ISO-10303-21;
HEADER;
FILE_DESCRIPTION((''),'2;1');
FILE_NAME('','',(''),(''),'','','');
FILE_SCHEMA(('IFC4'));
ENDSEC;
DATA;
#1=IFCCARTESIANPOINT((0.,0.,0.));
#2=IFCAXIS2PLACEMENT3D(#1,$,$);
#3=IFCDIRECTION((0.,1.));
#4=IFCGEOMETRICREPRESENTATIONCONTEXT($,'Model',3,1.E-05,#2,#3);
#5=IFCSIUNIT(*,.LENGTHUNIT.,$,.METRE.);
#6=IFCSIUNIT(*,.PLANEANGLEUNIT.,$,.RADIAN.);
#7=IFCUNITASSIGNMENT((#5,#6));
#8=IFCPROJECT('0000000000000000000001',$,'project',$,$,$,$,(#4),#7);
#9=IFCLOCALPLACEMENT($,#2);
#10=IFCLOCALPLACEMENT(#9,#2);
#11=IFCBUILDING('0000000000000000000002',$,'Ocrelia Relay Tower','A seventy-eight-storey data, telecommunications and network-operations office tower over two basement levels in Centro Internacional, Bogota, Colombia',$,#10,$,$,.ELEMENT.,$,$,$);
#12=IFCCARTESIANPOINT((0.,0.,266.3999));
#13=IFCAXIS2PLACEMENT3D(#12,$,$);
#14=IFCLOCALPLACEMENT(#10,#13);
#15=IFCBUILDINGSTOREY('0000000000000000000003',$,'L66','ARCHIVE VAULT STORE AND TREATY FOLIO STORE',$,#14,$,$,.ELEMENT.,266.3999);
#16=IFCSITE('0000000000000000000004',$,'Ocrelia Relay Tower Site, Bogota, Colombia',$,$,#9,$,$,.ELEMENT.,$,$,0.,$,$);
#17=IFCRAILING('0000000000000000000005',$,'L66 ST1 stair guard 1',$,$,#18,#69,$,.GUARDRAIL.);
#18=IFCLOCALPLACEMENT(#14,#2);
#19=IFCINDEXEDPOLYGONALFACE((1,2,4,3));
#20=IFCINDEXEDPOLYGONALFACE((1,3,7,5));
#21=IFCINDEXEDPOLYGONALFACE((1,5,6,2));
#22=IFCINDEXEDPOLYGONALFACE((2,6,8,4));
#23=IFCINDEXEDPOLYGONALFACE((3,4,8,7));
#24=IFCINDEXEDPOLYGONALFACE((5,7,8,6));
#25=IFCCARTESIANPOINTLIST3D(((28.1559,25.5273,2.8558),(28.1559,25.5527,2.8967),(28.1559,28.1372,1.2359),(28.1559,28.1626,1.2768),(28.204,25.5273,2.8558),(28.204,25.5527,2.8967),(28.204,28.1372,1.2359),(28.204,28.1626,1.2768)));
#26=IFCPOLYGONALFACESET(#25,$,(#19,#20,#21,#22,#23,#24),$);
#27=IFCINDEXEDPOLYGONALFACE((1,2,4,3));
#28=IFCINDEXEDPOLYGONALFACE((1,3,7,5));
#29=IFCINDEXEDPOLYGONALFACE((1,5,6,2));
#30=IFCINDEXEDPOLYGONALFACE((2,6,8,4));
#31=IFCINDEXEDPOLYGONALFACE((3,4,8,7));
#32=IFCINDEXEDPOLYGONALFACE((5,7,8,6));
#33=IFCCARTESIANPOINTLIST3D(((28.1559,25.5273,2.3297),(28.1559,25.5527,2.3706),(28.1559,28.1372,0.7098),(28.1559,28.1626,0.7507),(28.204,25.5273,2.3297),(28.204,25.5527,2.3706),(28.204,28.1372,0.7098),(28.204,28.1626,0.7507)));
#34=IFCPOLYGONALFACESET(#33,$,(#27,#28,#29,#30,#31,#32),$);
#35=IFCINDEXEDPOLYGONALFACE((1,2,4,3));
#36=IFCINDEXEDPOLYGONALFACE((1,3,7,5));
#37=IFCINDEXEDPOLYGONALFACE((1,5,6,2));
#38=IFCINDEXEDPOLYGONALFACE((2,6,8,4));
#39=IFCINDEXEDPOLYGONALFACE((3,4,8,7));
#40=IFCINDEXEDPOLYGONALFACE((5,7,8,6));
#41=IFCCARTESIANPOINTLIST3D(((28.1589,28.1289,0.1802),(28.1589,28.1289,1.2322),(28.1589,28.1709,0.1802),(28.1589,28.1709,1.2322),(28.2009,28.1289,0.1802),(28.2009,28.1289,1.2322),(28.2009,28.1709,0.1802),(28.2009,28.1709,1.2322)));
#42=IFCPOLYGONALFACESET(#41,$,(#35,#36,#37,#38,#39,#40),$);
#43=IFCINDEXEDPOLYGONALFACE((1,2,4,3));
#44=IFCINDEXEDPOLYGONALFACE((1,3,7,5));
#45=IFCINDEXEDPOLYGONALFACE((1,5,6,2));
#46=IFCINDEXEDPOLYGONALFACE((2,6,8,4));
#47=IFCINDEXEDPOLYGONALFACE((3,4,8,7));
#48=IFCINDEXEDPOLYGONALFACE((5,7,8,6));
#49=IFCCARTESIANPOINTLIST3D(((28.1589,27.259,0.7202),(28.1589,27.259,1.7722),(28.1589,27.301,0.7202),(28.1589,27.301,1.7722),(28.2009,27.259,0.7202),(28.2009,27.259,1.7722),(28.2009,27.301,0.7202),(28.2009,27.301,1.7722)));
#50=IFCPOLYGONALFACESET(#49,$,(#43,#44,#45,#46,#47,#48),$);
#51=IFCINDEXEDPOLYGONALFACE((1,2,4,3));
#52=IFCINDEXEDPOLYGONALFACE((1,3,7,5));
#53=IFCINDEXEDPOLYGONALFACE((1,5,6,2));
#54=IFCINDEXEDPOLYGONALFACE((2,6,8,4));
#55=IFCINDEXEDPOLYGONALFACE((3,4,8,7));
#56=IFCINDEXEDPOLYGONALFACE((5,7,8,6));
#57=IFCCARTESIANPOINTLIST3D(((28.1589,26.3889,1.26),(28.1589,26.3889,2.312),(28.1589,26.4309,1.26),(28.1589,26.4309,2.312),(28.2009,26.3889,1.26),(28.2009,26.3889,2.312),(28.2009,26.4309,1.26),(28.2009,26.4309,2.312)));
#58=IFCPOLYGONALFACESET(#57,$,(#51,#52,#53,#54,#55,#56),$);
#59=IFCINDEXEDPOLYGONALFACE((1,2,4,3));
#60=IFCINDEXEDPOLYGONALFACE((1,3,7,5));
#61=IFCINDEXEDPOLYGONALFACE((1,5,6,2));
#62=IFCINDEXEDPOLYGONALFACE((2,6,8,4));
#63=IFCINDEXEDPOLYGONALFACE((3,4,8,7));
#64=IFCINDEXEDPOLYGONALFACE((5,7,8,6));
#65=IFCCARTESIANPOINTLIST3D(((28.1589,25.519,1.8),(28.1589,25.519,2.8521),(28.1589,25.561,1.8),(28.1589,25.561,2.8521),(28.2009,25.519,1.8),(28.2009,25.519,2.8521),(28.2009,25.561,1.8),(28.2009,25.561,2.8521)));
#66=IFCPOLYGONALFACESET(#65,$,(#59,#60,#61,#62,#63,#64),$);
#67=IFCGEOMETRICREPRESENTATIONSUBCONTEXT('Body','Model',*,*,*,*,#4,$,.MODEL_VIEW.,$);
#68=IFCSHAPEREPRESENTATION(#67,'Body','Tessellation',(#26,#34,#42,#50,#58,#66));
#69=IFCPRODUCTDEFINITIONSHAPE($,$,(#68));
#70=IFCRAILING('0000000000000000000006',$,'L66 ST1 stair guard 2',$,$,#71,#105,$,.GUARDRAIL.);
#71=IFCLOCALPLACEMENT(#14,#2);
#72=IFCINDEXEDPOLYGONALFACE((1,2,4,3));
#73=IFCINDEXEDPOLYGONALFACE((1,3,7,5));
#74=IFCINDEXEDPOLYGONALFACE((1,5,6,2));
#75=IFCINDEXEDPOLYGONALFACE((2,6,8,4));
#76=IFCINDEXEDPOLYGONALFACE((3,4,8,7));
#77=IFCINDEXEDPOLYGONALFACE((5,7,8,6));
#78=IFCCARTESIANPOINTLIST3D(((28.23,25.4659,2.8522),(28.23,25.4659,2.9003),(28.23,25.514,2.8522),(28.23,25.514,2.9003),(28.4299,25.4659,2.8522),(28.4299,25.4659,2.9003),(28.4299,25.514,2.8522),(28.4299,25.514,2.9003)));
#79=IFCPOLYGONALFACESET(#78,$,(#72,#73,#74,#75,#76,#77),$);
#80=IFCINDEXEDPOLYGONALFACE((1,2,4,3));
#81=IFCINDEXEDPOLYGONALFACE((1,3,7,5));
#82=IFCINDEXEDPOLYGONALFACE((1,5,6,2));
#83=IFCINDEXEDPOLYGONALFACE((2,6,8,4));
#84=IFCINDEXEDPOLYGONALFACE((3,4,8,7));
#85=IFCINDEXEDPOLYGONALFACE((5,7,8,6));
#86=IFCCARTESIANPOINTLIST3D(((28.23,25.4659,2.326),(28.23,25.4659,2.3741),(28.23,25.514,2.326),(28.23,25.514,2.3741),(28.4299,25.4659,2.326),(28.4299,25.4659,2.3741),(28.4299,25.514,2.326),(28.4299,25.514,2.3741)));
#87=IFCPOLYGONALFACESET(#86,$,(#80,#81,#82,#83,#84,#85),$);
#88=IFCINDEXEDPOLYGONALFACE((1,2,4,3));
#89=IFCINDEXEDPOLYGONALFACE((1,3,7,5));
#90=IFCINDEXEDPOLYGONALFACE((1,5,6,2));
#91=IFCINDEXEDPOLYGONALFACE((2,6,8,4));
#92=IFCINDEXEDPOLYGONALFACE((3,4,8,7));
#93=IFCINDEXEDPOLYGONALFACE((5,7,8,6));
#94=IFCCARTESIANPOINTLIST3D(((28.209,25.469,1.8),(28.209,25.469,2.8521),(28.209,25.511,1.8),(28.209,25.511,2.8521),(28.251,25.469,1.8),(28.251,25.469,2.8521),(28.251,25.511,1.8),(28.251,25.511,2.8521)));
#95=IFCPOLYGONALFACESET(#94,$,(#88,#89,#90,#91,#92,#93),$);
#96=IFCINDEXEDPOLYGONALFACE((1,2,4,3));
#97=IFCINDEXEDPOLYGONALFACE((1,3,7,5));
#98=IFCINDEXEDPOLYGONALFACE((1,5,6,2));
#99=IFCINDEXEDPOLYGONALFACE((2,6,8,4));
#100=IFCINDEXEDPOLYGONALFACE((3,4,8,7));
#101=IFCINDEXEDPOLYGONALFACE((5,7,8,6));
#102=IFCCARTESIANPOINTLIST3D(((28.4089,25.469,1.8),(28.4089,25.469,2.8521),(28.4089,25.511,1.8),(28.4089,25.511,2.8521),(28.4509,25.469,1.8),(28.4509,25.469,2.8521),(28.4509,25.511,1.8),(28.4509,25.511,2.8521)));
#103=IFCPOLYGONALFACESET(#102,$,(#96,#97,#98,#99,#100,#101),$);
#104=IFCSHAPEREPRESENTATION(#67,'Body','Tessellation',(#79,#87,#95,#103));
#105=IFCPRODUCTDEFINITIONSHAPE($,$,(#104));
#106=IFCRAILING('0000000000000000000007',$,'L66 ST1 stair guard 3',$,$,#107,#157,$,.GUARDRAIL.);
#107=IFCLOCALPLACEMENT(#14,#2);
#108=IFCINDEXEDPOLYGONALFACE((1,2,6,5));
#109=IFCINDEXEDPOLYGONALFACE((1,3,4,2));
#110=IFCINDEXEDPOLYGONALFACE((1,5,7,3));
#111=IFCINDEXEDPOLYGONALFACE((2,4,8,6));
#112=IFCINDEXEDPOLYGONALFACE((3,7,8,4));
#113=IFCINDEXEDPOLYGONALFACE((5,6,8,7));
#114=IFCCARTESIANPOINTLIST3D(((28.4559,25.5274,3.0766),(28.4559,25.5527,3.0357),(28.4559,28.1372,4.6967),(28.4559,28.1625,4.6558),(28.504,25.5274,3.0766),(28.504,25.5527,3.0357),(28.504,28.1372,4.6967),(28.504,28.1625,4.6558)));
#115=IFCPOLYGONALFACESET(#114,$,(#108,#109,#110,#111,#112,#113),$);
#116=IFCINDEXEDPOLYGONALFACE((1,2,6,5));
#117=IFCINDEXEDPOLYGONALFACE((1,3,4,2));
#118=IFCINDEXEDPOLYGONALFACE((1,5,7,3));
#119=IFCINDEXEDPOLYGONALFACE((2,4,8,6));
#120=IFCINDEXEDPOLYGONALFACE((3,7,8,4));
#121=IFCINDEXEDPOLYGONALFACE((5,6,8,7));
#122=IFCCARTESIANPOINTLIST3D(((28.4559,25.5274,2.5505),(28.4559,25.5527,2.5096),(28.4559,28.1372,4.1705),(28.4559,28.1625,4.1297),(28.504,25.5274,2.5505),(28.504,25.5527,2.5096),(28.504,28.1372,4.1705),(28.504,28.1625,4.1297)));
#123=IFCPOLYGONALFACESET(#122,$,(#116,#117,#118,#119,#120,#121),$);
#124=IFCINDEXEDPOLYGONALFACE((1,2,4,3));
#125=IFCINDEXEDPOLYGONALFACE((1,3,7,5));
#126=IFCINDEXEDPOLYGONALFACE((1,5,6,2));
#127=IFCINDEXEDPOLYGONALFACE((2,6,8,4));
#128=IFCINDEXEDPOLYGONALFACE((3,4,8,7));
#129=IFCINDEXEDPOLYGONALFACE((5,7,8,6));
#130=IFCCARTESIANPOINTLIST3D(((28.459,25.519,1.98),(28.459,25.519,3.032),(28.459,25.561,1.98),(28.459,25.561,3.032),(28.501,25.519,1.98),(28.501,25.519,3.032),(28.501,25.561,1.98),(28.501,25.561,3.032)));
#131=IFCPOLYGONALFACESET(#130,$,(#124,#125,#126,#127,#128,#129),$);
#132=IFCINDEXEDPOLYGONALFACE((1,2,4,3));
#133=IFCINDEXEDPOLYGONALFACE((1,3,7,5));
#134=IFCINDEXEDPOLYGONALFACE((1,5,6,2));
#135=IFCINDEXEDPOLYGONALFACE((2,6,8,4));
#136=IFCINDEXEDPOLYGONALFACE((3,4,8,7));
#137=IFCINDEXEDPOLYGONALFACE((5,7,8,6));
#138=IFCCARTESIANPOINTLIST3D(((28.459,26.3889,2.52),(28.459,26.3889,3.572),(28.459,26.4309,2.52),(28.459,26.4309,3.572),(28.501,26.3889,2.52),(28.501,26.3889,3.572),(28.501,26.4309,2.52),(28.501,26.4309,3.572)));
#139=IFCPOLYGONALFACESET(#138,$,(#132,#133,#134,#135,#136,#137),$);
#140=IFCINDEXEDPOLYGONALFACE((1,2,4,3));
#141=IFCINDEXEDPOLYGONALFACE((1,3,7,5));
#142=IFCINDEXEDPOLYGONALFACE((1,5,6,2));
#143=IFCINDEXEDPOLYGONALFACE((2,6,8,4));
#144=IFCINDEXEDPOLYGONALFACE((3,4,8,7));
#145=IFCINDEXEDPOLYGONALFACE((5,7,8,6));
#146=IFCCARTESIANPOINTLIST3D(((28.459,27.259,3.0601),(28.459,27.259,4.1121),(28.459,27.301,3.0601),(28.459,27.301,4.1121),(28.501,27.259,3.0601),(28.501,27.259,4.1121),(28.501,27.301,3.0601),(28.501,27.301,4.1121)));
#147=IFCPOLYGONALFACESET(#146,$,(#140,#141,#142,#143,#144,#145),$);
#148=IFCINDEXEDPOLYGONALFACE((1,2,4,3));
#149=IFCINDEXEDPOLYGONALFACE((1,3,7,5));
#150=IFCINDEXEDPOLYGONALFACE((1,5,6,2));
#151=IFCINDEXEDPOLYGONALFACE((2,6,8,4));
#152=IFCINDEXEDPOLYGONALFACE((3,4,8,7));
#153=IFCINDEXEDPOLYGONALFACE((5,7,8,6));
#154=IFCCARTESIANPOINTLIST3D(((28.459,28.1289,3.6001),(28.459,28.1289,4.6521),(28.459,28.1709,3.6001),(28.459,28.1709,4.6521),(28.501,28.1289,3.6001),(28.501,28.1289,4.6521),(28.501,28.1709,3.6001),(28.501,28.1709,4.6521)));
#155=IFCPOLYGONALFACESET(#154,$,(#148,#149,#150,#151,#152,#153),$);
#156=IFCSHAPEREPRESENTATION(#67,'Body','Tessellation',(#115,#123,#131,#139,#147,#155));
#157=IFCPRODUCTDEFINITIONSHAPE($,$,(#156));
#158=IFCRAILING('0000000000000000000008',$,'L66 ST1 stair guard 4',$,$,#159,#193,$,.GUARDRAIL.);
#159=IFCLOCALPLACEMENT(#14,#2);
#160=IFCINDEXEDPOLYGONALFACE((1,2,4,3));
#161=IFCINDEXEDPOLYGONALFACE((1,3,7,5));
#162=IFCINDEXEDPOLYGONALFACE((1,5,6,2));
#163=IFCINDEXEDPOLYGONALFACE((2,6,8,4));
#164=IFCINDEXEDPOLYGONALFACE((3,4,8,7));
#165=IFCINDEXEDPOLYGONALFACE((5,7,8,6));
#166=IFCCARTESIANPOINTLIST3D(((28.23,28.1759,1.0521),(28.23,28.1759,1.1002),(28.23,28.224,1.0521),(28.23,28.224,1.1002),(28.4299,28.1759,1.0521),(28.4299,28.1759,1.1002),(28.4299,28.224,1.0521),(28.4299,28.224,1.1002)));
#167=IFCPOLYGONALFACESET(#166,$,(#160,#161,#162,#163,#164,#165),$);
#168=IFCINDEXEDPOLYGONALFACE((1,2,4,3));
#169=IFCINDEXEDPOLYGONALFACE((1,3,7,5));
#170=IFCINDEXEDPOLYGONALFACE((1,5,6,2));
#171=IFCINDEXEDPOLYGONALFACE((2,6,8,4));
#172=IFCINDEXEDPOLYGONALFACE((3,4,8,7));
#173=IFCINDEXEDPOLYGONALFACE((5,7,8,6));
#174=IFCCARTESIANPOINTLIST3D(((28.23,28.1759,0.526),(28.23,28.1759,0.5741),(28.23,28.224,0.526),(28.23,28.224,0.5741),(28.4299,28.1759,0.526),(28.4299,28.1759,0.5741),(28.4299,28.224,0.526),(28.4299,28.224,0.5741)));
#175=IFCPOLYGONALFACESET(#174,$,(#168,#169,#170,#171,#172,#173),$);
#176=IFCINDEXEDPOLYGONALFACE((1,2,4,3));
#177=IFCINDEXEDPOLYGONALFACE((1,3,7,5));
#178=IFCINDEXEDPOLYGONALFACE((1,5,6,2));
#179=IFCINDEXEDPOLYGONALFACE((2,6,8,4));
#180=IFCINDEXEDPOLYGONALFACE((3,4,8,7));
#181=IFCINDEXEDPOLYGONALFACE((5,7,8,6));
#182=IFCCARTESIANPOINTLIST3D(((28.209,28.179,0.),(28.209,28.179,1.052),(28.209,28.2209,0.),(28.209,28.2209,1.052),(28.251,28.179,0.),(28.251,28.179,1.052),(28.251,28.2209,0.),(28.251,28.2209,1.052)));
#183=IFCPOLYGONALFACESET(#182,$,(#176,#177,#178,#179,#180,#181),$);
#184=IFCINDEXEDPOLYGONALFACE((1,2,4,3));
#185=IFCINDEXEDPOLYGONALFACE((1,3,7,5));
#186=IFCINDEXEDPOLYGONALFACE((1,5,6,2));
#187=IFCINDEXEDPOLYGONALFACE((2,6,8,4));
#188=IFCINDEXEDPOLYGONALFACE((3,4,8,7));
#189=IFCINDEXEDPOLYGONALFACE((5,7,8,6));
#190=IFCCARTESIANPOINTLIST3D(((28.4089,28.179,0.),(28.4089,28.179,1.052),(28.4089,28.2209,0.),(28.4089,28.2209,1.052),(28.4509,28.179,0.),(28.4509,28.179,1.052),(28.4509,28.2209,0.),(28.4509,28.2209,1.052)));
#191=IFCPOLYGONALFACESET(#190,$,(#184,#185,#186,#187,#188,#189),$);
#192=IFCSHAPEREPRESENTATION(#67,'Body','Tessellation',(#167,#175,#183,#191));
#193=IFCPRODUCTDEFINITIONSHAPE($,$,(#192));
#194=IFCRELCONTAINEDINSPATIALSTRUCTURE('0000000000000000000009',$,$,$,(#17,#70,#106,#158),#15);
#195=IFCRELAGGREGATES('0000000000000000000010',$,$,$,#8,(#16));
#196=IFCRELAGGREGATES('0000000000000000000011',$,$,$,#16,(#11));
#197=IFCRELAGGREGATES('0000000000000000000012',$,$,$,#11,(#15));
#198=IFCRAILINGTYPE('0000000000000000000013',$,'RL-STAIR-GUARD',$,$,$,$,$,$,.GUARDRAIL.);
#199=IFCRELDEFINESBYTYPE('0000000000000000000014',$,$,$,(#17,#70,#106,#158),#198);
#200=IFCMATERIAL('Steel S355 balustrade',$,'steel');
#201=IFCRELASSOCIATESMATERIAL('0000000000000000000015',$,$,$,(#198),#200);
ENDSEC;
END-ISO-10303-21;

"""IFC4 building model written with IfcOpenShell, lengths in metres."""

from ifc_helpers import new_model, si_unit, direction, frame, origin, origin_2d, place, context, subcontext, project, spatial, rectangle, extrude, material, type_object, element, save


model = new_model("IFC4")

# Units and contexts
model_context = context("Model", 3, precision=1e-05, world=origin(), true_north=direction((0.0, 1.0)))
body_context = subcontext(model_context, "Body", "Model", "MODEL_VIEW")
ifc_project = project(units=[si_unit("LENGTHUNIT", "METRE"), si_unit("PLANEANGLEUNIT", "RADIAN")], contexts=[model_context])

# Site, building, storey
site_placement = place(None, origin())
site = spatial("IfcSite", under=ifc_project, at=site_placement, Name="Ocrelia Relay Tower Site, Bogota, Colombia", CompositionType="ELEMENT", RefElevation=0.0)
building_placement = place(site_placement, origin())
building = spatial("IfcBuilding", under=site, at=building_placement, Name="Ocrelia Relay Tower", Description="A seventy-eight-storey data, telecommunications and network-operations office tower over two basement levels in Centro Internacional, Bogota, Colombia", CompositionType="ELEMENT")
storey_placement = place(building_placement, frame((0.0, 0.0, 266.3999)))
storey = spatial("IfcBuildingStorey", under=building, at=storey_placement, Name="L66", Description="ARCHIVE VAULT STORE AND TREATY FOLIO STORE", CompositionType="ELEMENT", Elevation=266.3999)

# Railings
ifc_material_1 = material(Name="Steel S355 balustrade", Category="steel")
railing_type_1 = type_object("IfcRailingType", Name="RL-STAIR-GUARD", PredefinedType="GUARDRAIL", material=ifc_material_1)
railing_1_placement = place(storey_placement, frame((28.1799, 28.1499, 0.1802)))
element("IfcRailing", 1, at=railing_1_placement, inside=storey, type_object=railing_type_1, Name="L66 ST1 stair guard 1", PredefinedType="GUARDRAIL", context=body_context, shape_type="SweptSolid", body=[
    extrude(rectangle(XDim=0.0481, YDim=0.0481, at=origin_2d()), frame((0.0, 0.0, 1.0762), z_axis=(0.0, -0.849646, 0.527353), x_axis=(1.0, 0.0, 0.0)), (0.0, 0.0, 1.0), 3.0718),
    extrude(rectangle(XDim=0.0481, YDim=0.0481, at=origin_2d()), frame((0.0, 0.0, 0.55), z_axis=(0.0, -0.849646, 0.527353), x_axis=(1.0, 0.0, 0.0)), (0.0, 0.0, 1.0), 3.0718),
    extrude(rectangle(XDim=0.042, YDim=0.042, at=origin_2d()), origin(), (0.0, 0.0, 1.0), 1.052),
    extrude(rectangle(XDim=0.042, YDim=0.042, at=origin_2d()), frame((0.0, -0.8699, 0.54)), (0.0, 0.0, 1.0), 1.052),
    extrude(rectangle(XDim=0.042, YDim=0.042, at=origin_2d()), frame((0.0, -1.74, 1.0798)), (0.0, 0.0, 1.0), 1.052),
    extrude(rectangle(XDim=0.042, YDim=0.042, at=origin_2d()), frame((0.0, -2.6099, 1.6199)), (0.0, 0.0, 1.0), 1.052),
])
railing_2_placement = place(storey_placement, frame((28.23, 25.49, 1.8)))
element("IfcRailing", 2, at=railing_2_placement, inside=storey, type_object=railing_type_1, Name="L66 ST1 stair guard 2", PredefinedType="GUARDRAIL", context=body_context, shape_type="SweptSolid", body=[
    extrude(rectangle(XDim=0.0481, YDim=0.0481, at=origin_2d()), frame((0.0, 0.0, 1.0762), z_axis=(1.0, 0.0, 0.0), x_axis=(0.0, 1.0, 0.0)), (0.0, 0.0, 1.0), 0.2),
    extrude(rectangle(XDim=0.0481, YDim=0.0481, at=origin_2d()), frame((0.0, 0.0, 0.55), z_axis=(1.0, 0.0, 0.0), x_axis=(0.0, 1.0, 0.0)), (0.0, 0.0, 1.0), 0.2),
    extrude(rectangle(XDim=0.042, YDim=0.042, at=origin_2d()), origin(), (0.0, 0.0, 1.0), 1.052),
    extrude(rectangle(XDim=0.042, YDim=0.042, at=origin_2d()), frame((0.2, 0.0, 0.0)), (0.0, 0.0, 1.0), 1.052),
])
railing_3_placement = place(storey_placement, frame((28.48, 25.54, 1.98)))
element("IfcRailing", 3, at=railing_3_placement, inside=storey, type_object=railing_type_1, Name="L66 ST1 stair guard 3", PredefinedType="GUARDRAIL", context=body_context, shape_type="SweptSolid", body=[
    extrude(rectangle(XDim=0.0481, YDim=0.0481, at=origin_2d()), frame((0.0, 0.0, 1.0762), z_axis=(0.0, 0.849611, 0.52741), x_axis=(-1.0, 0.0, 0.0)), (0.0, 0.0, 1.0), 3.0718),
    extrude(rectangle(XDim=0.0481, YDim=0.0481, at=origin_2d()), frame((0.0, 0.0, 0.55), z_axis=(0.0, 0.849611, 0.52741), x_axis=(-1.0, 0.0, 0.0)), (0.0, 0.0, 1.0), 3.0718),
    extrude(rectangle(XDim=0.042, YDim=0.042, at=origin_2d()), origin(), (0.0, 0.0, 1.0), 1.052),
    extrude(rectangle(XDim=0.042, YDim=0.042, at=origin_2d()), frame((0.0, 0.8699, 0.54)), (0.0, 0.0, 1.0), 1.052),
    extrude(rectangle(XDim=0.042, YDim=0.042, at=origin_2d()), frame((0.0, 1.74, 1.0801)), (0.0, 0.0, 1.0), 1.052),
    extrude(rectangle(XDim=0.042, YDim=0.042, at=origin_2d()), frame((0.0, 2.6099, 1.6201)), (0.0, 0.0, 1.0), 1.052),
])
railing_4_placement = place(storey_placement, frame((28.23, 28.2, 0.0)))
element("IfcRailing", 4, at=railing_4_placement, inside=storey, type_object=railing_type_1, Name="L66 ST1 stair guard 4", PredefinedType="GUARDRAIL", context=body_context, shape_type="SweptSolid", body=[
    extrude(rectangle(XDim=0.0481, YDim=0.0481, at=origin_2d()), frame((0.0, 0.0, 1.0762), z_axis=(1.0, 0.0, 0.0), x_axis=(0.0, 1.0, 0.0)), (0.0, 0.0, 1.0), 0.2),
    extrude(rectangle(XDim=0.0481, YDim=0.0481, at=origin_2d()), frame((0.0, 0.0, 0.55), z_axis=(1.0, 0.0, 0.0), x_axis=(0.0, 1.0, 0.0)), (0.0, 0.0, 1.0), 0.2),
    extrude(rectangle(XDim=0.042, YDim=0.042, at=origin_2d()), origin(), (0.0, 0.0, 1.0), 1.052),
    extrude(rectangle(XDim=0.042, YDim=0.042, at=origin_2d()), frame((0.2, 0.0, 0.0)), (0.0, 0.0, 1.0), 1.052),
])

save(model, "model.ifc")
